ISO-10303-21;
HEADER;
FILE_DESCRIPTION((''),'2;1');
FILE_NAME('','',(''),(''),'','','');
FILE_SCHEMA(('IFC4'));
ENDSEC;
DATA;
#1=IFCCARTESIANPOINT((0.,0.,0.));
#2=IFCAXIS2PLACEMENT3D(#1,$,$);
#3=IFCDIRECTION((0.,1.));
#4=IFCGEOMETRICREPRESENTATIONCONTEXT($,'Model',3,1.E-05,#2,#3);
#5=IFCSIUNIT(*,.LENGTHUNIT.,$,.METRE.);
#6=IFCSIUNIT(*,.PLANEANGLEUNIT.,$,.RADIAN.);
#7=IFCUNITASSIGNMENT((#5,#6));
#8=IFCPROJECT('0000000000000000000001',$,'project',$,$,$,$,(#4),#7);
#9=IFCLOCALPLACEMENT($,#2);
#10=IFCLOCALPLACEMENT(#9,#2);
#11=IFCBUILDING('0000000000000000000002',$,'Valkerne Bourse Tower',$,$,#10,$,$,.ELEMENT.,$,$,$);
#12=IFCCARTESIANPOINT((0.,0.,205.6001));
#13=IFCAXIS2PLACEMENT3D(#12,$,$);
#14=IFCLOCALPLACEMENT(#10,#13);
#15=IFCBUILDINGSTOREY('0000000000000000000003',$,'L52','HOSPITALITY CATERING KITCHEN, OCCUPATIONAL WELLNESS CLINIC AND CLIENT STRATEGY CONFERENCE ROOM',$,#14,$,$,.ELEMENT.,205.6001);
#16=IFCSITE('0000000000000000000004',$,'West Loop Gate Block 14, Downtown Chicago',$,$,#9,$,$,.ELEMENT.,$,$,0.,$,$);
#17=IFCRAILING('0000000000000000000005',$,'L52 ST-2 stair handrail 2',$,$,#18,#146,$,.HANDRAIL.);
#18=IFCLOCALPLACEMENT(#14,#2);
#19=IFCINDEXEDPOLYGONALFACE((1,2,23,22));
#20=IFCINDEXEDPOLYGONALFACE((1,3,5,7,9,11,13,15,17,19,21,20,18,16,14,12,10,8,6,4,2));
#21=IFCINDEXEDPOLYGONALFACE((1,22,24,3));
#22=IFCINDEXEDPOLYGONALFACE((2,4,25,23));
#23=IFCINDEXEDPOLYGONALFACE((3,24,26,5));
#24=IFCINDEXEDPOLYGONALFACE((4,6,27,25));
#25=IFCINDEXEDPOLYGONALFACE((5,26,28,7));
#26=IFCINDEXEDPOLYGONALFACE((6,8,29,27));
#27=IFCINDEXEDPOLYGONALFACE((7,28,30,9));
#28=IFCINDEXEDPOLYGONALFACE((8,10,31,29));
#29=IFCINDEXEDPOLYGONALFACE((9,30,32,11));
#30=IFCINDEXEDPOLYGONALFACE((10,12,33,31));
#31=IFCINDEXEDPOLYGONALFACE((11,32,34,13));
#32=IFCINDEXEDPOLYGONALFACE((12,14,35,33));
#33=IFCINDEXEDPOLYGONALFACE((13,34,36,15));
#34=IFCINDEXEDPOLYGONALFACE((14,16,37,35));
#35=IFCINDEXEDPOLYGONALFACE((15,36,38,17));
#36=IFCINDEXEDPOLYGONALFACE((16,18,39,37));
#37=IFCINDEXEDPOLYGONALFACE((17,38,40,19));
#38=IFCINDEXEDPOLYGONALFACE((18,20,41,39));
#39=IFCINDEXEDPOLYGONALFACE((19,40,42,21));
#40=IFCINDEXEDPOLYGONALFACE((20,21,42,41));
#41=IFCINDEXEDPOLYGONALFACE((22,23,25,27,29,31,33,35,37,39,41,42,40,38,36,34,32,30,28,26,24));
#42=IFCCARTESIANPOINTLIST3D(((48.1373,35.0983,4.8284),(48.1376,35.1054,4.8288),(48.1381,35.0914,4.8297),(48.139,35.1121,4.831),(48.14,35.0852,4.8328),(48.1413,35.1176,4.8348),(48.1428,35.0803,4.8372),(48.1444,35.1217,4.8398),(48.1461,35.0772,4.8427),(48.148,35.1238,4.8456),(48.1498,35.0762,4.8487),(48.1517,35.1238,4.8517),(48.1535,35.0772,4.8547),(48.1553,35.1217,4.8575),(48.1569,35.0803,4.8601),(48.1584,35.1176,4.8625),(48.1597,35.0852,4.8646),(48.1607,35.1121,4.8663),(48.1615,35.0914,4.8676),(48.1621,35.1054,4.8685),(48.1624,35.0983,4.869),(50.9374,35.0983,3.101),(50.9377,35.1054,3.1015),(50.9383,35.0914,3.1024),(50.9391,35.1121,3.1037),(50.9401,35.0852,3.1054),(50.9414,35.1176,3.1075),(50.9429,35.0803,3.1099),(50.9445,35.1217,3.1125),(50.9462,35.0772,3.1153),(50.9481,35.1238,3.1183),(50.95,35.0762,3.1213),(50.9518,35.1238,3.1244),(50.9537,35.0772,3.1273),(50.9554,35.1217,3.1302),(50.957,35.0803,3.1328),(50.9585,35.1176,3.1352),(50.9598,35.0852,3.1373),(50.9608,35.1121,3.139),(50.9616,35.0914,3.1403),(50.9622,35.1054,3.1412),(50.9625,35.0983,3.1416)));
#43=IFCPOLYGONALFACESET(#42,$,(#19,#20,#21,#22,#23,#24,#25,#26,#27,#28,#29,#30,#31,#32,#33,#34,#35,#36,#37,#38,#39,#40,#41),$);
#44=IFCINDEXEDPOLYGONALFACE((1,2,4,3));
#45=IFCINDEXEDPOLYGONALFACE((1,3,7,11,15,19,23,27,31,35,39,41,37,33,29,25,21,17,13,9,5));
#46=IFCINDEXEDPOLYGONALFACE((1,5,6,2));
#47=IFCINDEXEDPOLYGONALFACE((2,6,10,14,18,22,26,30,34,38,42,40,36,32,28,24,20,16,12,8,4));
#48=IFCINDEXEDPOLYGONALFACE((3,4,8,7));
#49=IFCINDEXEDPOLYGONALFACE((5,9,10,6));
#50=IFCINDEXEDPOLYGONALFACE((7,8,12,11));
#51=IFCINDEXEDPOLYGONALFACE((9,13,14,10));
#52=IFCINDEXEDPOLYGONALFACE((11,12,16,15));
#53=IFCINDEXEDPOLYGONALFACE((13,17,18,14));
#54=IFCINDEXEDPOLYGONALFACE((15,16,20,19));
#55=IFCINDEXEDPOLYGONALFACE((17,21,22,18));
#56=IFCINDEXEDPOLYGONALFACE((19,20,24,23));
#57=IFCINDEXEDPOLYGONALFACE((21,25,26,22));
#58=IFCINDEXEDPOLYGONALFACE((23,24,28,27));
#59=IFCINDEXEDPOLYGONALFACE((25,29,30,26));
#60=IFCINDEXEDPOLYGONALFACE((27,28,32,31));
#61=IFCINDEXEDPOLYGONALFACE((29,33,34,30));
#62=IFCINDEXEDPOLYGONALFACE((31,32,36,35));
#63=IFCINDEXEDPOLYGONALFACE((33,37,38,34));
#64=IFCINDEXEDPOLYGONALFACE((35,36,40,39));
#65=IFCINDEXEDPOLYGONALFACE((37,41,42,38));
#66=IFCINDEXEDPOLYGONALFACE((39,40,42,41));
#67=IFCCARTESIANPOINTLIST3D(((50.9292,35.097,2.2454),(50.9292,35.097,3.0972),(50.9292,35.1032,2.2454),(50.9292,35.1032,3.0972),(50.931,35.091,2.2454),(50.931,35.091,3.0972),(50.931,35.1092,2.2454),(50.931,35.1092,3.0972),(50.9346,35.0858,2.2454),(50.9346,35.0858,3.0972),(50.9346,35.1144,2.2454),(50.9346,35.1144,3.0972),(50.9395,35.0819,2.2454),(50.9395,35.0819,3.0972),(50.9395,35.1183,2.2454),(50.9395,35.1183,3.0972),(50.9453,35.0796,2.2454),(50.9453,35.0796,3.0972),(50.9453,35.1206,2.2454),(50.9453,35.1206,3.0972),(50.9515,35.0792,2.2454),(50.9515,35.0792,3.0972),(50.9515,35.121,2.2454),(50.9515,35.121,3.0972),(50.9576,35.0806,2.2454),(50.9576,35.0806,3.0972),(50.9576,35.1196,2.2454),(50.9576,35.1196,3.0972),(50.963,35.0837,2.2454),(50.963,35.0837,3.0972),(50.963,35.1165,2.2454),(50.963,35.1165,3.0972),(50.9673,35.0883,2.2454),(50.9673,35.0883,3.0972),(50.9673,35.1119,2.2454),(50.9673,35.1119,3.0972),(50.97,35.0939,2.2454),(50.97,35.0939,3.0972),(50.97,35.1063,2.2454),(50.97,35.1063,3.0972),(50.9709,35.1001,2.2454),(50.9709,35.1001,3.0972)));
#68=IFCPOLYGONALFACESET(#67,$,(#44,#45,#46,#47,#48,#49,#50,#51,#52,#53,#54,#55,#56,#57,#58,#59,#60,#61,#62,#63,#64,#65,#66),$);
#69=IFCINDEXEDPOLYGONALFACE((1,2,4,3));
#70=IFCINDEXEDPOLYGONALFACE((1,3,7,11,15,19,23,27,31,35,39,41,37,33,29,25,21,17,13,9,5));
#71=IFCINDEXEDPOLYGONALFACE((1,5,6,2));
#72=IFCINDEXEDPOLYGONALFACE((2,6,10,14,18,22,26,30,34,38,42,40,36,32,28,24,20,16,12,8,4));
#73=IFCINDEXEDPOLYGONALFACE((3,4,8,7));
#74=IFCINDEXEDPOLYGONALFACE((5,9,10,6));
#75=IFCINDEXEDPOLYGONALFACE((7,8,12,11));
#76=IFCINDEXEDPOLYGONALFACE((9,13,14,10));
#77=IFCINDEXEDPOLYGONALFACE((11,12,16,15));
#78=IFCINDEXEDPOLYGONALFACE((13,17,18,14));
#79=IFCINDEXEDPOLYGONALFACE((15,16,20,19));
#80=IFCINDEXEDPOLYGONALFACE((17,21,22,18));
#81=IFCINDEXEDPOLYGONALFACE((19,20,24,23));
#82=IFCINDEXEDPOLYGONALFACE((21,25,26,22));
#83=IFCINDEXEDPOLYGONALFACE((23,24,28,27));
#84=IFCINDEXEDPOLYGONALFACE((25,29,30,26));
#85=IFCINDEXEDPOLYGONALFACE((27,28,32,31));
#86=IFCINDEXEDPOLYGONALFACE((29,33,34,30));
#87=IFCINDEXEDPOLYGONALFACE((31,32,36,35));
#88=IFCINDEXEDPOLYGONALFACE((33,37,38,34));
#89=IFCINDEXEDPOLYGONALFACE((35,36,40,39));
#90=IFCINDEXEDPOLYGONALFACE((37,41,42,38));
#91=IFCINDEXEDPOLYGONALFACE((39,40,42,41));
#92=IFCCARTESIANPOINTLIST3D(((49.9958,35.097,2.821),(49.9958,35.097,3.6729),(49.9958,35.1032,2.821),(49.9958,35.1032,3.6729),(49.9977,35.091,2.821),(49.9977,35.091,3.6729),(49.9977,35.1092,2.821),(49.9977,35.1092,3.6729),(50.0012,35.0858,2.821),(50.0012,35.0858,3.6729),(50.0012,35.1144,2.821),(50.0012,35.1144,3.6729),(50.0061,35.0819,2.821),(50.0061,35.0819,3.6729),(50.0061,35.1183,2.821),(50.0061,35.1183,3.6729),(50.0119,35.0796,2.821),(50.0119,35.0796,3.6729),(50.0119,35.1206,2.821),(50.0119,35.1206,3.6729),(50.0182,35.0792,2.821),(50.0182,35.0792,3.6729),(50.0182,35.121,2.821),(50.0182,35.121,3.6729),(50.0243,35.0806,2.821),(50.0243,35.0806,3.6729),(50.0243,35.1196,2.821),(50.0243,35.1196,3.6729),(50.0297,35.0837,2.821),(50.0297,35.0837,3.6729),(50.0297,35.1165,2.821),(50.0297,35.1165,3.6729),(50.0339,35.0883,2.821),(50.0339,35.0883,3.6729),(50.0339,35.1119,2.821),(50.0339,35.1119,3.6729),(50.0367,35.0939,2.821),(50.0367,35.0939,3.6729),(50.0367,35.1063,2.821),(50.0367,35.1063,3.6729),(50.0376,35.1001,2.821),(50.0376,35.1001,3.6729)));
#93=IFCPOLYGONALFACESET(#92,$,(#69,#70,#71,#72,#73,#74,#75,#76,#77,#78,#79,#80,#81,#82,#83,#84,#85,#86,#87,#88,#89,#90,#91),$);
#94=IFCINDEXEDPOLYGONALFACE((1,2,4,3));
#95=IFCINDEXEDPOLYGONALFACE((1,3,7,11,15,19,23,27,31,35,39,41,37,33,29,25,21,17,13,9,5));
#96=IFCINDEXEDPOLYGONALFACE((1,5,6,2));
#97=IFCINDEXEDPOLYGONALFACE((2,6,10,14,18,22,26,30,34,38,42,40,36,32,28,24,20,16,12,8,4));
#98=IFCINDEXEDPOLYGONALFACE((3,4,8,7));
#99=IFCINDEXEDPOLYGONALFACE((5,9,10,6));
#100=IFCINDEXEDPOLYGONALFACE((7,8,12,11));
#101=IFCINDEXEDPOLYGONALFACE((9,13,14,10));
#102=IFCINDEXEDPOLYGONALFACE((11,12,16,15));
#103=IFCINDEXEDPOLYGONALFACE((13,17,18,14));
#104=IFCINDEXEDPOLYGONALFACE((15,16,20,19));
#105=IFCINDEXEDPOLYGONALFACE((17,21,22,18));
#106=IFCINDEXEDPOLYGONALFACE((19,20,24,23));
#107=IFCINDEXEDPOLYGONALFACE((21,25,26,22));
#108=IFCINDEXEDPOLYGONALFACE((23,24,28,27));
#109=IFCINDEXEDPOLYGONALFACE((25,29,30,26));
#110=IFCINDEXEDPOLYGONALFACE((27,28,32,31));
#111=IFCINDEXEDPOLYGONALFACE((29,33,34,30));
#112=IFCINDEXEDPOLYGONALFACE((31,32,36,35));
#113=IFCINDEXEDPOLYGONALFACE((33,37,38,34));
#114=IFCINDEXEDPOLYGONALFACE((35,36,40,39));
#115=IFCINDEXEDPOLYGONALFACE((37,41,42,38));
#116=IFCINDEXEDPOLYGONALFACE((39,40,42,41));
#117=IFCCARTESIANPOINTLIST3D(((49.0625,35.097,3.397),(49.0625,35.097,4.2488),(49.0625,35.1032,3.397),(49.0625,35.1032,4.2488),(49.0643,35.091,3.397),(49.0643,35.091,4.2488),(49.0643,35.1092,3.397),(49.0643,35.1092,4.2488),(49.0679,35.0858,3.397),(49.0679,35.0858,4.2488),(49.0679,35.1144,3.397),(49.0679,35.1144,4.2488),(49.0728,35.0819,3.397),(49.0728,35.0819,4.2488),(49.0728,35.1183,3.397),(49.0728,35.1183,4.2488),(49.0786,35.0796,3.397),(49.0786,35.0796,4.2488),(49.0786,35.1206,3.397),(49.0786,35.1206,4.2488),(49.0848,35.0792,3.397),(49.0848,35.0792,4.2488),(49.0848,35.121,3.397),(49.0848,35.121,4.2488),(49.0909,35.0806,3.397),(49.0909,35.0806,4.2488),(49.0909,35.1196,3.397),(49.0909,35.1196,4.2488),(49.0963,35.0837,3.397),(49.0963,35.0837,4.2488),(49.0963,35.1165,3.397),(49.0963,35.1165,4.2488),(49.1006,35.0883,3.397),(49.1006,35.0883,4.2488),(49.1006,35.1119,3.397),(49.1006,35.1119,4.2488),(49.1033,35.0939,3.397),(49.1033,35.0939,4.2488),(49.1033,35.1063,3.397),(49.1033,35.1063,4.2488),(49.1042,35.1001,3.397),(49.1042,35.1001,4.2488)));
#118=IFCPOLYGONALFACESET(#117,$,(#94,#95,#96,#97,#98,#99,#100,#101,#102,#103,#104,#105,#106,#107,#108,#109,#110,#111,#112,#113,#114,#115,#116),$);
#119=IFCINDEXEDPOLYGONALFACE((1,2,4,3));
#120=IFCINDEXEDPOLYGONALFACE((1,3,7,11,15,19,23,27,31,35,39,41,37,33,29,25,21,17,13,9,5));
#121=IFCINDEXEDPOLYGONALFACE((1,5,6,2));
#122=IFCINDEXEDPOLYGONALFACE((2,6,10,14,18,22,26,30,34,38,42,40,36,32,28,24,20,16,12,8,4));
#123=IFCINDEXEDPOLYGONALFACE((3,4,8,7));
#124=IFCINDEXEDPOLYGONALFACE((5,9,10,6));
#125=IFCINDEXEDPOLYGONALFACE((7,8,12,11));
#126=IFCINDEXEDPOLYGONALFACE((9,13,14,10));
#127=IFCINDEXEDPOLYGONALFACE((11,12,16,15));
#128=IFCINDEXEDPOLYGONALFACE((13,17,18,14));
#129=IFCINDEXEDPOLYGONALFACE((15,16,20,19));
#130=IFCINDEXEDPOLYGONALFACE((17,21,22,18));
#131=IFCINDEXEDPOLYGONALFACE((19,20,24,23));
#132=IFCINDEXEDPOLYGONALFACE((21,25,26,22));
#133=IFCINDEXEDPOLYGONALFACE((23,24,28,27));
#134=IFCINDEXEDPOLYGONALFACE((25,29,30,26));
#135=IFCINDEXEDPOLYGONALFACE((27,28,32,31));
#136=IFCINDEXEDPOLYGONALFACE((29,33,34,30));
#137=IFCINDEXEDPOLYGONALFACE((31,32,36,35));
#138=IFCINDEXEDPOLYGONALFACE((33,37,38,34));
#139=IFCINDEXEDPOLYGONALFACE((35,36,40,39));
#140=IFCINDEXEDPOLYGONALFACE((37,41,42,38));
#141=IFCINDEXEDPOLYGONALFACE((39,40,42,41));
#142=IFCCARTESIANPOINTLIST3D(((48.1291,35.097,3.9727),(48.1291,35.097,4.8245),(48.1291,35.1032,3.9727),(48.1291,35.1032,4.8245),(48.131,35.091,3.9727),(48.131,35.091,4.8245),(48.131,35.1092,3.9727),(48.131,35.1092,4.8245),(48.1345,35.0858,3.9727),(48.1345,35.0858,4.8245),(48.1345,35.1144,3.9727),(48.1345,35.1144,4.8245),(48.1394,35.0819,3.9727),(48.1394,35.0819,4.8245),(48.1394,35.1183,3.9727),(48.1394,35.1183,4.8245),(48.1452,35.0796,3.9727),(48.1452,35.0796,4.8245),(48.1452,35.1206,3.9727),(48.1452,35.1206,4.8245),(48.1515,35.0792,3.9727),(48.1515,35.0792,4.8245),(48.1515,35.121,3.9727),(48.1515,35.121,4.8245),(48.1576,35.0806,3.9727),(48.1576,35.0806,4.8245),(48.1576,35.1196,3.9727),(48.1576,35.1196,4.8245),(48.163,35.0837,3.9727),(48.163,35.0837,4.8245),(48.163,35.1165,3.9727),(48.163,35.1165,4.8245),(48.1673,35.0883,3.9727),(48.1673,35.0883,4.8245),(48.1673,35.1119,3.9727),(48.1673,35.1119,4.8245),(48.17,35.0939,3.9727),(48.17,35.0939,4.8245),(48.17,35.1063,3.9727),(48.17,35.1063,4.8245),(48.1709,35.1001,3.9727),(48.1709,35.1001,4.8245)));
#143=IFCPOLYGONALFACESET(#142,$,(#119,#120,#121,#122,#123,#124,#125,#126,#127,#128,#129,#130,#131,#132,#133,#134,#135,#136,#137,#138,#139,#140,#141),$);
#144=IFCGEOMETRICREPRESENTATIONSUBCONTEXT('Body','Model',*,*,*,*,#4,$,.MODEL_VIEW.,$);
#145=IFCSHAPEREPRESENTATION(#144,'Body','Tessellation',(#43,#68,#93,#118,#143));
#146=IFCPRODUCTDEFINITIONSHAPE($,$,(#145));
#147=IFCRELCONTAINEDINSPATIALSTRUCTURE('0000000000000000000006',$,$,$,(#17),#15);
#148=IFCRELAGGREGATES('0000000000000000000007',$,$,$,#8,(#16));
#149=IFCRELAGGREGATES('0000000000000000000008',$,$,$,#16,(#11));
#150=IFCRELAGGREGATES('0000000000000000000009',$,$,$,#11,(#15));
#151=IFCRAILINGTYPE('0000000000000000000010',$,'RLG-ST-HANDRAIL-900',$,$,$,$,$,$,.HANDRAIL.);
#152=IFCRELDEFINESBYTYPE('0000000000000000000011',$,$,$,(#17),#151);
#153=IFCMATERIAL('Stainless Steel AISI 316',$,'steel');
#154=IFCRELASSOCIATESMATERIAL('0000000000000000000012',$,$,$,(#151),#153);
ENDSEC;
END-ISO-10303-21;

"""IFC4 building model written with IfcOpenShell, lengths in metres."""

from ifc_helpers import new_model, si_unit, direction, frame, origin, origin_2d, place, context, subcontext, project, spatial, circle, extrude, material, type_object, element, save


model = new_model("IFC4")

# Units and contexts
model_context = context("Model", 3, precision=1e-05, world=origin(), true_north=direction((0.0, 1.0)))
body_context = subcontext(model_context, "Body", "Model", "MODEL_VIEW")
ifc_project = project(units=[si_unit("LENGTHUNIT", "METRE"), si_unit("PLANEANGLEUNIT", "RADIAN")], contexts=[model_context])

# Site, building, storey
site_placement = place(None, origin())
site = spatial("IfcSite", under=ifc_project, at=site_placement, Name="West Loop Gate Block 14, Downtown Chicago", CompositionType="ELEMENT", RefElevation=0.0)
building_placement = place(site_placement, origin())
building = spatial("IfcBuilding", under=site, at=building_placement, Name="Valkerne Bourse Tower", CompositionType="ELEMENT")
storey_placement = place(building_placement, frame((0.0, 0.0, 205.6001)))
storey = spatial("IfcBuildingStorey", under=building, at=storey_placement, Name="L52", Description="HOSPITALITY CATERING KITCHEN, OCCUPATIONAL WELLNESS CLINIC AND CLIENT STRATEGY CONFERENCE ROOM", CompositionType="ELEMENT", Elevation=205.6001)

# Railing
ifc_material_1 = material(Name="Stainless Steel AISI 316", Category="steel")
railing_type_1 = type_object("IfcRailingType", Name="RLG-ST-HANDRAIL-900", PredefinedType="HANDRAIL", material=ifc_material_1)
railing_1_placement = place(storey_placement, frame((50.95, 35.1001, 2.2454)))
element("IfcRailing", 1, at=railing_1_placement, inside=storey, type_object=railing_type_1, Name="L52 ST-2 stair handrail 2", PredefinedType="HANDRAIL", context=body_context, shape_type="SweptSolid", body=[
    extrude(circle(Radius=0.0239, at=origin_2d()), frame((0.0, 0.0, 0.876), z_axis=(-0.85109, 0.0, 0.52502), x_axis=(0.0, -1.0, 0.0)), (0.0, 0.0, 1.0), 3.29),
    extrude(circle(Radius=0.021, at=origin_2d()), origin(), (0.0, 0.0, 1.0), 0.8518),
    extrude(circle(Radius=0.021, at=origin_2d()), frame((-0.9333, 0.0, 0.5757)), (0.0, 0.0, 1.0), 0.8518),
    extrude(circle(Radius=0.021, at=origin_2d()), frame((-1.8667, 0.0, 1.1516)), (0.0, 0.0, 1.0), 0.8518),
    extrude(circle(Radius=0.021, at=origin_2d()), frame((-2.8, 0.0, 1.7273)), (0.0, 0.0, 1.0), 0.8518),
])

save(model, "model.ifc")
